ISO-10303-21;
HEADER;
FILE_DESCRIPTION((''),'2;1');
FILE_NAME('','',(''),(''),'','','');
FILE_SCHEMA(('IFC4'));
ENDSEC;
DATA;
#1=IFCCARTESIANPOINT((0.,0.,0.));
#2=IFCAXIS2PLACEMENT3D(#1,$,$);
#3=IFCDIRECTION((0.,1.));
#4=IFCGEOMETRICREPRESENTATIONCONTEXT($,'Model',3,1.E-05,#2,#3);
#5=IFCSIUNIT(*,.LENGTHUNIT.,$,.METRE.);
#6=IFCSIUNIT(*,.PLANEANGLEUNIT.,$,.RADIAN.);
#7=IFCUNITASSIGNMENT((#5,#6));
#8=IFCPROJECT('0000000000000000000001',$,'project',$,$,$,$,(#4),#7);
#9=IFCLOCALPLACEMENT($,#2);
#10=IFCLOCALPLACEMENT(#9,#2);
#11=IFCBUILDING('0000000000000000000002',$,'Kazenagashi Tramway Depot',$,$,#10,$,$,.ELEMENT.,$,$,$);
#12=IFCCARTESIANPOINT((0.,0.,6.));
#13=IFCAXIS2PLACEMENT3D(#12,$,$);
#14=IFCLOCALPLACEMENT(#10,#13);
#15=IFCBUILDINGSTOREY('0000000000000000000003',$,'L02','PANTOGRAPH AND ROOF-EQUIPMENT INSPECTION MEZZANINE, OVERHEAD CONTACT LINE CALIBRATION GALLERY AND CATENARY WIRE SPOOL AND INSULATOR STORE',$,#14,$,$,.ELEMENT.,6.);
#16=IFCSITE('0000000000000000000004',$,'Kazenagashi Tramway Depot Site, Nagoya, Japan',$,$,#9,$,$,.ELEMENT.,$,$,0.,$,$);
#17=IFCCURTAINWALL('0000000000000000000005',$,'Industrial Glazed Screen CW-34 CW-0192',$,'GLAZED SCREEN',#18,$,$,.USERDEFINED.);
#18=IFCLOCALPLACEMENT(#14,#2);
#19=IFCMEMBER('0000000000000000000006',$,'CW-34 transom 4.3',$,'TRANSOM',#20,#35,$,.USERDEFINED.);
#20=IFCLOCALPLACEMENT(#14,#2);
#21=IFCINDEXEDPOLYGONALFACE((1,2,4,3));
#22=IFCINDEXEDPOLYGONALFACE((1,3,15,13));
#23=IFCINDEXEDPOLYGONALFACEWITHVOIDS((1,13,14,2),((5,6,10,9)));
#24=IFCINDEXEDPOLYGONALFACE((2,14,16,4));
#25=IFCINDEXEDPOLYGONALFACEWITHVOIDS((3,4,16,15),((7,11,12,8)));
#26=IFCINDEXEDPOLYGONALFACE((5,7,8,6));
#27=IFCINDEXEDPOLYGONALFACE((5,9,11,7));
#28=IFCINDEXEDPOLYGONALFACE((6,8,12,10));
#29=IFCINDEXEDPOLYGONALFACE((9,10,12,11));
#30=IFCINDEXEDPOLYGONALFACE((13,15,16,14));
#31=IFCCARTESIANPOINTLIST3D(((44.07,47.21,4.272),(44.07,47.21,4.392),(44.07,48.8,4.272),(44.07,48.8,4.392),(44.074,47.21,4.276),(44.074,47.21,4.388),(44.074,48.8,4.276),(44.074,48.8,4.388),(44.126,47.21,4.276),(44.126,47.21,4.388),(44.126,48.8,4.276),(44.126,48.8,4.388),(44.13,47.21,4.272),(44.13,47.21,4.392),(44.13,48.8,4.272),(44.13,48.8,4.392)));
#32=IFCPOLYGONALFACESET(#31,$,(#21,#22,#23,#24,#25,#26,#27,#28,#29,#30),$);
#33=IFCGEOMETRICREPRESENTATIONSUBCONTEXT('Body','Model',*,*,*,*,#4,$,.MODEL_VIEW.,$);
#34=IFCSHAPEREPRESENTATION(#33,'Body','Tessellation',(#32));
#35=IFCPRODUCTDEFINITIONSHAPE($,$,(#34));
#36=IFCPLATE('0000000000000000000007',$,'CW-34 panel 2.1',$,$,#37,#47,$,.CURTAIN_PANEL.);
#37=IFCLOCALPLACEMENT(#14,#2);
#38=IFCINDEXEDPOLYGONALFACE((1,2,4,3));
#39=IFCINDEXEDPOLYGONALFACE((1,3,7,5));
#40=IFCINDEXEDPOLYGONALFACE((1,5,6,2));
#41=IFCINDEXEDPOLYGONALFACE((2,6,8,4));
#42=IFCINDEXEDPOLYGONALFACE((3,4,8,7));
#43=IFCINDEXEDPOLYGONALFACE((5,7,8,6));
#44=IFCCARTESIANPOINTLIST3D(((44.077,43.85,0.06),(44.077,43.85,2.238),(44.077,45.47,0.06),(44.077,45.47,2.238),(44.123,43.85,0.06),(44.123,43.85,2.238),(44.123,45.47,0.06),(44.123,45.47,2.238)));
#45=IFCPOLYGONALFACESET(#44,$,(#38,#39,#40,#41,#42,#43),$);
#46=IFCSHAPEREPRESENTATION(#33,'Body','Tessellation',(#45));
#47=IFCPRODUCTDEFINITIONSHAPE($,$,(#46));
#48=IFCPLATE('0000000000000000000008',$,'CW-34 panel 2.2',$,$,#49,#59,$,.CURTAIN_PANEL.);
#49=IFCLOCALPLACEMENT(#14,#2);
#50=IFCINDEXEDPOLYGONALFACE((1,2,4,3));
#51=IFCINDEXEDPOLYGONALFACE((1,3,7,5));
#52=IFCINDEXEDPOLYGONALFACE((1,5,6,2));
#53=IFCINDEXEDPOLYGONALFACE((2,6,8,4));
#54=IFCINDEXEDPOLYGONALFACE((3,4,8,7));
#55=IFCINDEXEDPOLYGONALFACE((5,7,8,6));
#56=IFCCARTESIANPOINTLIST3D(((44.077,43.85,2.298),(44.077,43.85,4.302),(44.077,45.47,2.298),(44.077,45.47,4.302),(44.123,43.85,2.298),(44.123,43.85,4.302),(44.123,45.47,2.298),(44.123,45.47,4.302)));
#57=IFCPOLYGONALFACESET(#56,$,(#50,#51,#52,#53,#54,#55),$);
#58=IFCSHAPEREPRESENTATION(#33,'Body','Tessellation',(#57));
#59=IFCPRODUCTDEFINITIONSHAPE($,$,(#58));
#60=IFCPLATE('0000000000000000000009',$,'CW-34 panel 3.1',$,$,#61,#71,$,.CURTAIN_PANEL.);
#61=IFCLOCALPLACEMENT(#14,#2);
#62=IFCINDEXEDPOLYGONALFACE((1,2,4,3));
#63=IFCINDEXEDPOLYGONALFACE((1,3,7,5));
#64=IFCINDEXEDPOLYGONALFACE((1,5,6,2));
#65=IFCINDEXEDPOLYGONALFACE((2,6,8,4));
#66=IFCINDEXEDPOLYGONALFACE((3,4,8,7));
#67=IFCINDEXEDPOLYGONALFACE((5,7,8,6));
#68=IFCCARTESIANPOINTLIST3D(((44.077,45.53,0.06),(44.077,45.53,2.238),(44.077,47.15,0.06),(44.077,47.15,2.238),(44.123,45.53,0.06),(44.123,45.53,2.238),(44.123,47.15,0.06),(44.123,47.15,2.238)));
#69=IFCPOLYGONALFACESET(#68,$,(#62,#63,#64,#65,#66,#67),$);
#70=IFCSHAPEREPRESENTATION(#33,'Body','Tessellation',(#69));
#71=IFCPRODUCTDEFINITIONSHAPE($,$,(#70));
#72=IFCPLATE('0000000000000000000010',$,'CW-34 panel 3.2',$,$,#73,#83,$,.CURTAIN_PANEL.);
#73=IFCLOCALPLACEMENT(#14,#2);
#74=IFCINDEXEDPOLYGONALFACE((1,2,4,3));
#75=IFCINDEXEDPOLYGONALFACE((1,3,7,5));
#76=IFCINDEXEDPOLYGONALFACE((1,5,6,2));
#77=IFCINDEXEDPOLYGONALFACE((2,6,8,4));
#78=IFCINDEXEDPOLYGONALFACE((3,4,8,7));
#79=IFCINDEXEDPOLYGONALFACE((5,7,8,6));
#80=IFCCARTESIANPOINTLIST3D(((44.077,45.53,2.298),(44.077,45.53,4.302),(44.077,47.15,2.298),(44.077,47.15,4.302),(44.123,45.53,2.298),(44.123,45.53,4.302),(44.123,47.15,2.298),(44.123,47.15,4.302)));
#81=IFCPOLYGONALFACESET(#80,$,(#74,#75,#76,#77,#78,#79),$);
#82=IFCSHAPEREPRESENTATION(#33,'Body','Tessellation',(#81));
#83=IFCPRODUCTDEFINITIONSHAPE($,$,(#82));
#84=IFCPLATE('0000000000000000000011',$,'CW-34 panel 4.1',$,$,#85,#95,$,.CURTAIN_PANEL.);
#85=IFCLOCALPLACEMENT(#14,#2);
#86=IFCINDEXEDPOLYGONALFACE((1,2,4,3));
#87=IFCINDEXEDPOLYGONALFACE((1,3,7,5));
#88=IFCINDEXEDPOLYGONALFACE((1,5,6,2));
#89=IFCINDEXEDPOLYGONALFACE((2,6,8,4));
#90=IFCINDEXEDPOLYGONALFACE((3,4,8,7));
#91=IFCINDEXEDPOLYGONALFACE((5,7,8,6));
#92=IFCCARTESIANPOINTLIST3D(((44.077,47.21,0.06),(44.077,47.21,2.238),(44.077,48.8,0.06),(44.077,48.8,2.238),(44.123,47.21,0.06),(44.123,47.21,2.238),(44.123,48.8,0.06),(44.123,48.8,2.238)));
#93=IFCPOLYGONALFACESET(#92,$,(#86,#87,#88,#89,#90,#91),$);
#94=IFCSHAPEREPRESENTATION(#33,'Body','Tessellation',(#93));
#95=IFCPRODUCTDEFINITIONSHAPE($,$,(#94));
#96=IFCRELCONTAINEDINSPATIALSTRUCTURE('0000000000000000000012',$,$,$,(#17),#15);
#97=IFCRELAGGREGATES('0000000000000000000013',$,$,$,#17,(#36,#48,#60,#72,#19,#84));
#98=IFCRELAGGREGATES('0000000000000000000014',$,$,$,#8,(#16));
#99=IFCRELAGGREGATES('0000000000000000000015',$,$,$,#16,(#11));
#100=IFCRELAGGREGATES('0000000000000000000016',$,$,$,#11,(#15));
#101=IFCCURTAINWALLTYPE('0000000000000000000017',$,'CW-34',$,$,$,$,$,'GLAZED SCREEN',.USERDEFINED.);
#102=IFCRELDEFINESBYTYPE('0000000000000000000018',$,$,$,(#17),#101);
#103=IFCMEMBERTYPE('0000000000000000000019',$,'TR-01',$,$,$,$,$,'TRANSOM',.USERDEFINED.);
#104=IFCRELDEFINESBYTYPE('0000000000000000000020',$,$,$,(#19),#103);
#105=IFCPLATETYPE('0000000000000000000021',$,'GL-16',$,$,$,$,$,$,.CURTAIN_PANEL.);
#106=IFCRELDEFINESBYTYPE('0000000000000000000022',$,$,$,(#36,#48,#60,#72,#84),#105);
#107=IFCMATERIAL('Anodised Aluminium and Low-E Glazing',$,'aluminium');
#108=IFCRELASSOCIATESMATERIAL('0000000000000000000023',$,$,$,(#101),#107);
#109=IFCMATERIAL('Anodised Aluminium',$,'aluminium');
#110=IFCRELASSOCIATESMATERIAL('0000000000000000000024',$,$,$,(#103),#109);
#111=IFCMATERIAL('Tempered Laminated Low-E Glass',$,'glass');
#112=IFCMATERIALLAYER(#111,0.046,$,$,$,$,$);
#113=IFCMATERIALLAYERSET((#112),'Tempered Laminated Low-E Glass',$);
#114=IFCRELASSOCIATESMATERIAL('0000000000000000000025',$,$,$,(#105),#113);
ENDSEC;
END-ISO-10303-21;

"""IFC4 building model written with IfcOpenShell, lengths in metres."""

from ifc_helpers import new_model, si_unit, direction, frame, origin, origin_2d, place, context, subcontext, project, spatial, rectangle, hollow_rectangle, extrude, material, layer, layer_set, material_profile, profile_set, type_object, element, aggregate, save


model = new_model("IFC4")

# Units and contexts
model_context = context("Model", 3, precision=1e-05, world=origin(), true_north=direction((0.0, 1.0)))
body_context = subcontext(model_context, "Body", "Model", "MODEL_VIEW")
ifc_project = project(units=[si_unit("LENGTHUNIT", "METRE"), si_unit("PLANEANGLEUNIT", "RADIAN")], contexts=[model_context])

# Site, building, storey
site_placement = place(None, origin())
site = spatial("IfcSite", under=ifc_project, at=site_placement, Name="Kazenagashi Tramway Depot Site, Nagoya, Japan", CompositionType="ELEMENT", RefElevation=0.0)
building_placement = place(site_placement, origin())
building = spatial("IfcBuilding", under=site, at=building_placement, Name="Kazenagashi Tramway Depot", CompositionType="ELEMENT")
storey_placement = place(building_placement, frame((0.0, 0.0, 6.0)))
storey = spatial("IfcBuildingStorey", under=building, at=storey_placement, Name="L02", Description="PANTOGRAPH AND ROOF-EQUIPMENT INSPECTION MEZZANINE, OVERHEAD CONTACT LINE CALIBRATION GALLERY AND CATENARY WIRE SPOOL AND INSULATOR STORE", CompositionType="ELEMENT", Elevation=6.0)

# Curtain wall, member, plates
ifc_material_1 = material(Name="Anodised Aluminium and Low-E Glazing", Category="aluminium")
curtain_wall_type = type_object("IfcCurtainWallType", Name="CW-34", ElementType="GLAZED SCREEN", PredefinedType="USERDEFINED", material=ifc_material_1)
curtain_wall_placement = place(storey_placement, origin())
curtain_wall = element("IfcCurtainWall", 1, at=curtain_wall_placement, inside=storey, type_object=curtain_wall_type, Name="Industrial Glazed Screen CW-34 CW-0192", ObjectType="GLAZED SCREEN", PredefinedType="USERDEFINED")
ifc_material_2 = material(Name="Anodised Aluminium", Category="aluminium")
ifc_material_profile_1 = material_profile(ifc_material_2, hollow_rectangle(XDim=0.06, YDim=0.12, WallThickness=0.004, at=origin_2d()), Name="RHS-120x60x4")
ifc_profile_set_1 = profile_set([ifc_material_profile_1], Name="Anodised Aluminium")
member_type_1 = type_object("IfcMemberType", Name="TR-01", ElementType="TRANSOM", PredefinedType="USERDEFINED", material=ifc_profile_set_1)
member_1_placement = place(storey_placement, frame((44.1, 47.21, 4.332), z_axis=(0.0, 1.0, 0.0), x_axis=(-1.0, 0.0, 0.0)))
member_1 = element("IfcMember", 2, at=member_1_placement, type_object=member_type_1, Name="CW-34 transom 4.3", ObjectType="TRANSOM", PredefinedType="USERDEFINED", context=body_context, shape_type="SweptSolid", body=[
    extrude(hollow_rectangle(XDim=0.06, YDim=0.12, WallThickness=0.004, at=origin_2d()), origin(), (0.0, 0.0, 1.0), 1.59),
])
ifc_material_3 = material(Name="Tempered Laminated Low-E Glass", Category="glass")
ifc_layer = layer(ifc_material_3, 0.046)
ifc_layer_set = layer_set([ifc_layer], Name="Tempered Laminated Low-E Glass")
plate_type = type_object("IfcPlateType", Name="GL-16", PredefinedType="CURTAIN_PANEL", material=ifc_layer_set)
plate_1_placement = place(storey_placement, frame((44.1, 44.66, 0.06), z_axis=(0.0, 0.0, 1.0), x_axis=(0.0, 1.0, 0.0)))
plate_1 = element("IfcPlate", 3, at=plate_1_placement, type_object=plate_type, Name="CW-34 panel 2.1", PredefinedType="CURTAIN_PANEL", context=body_context, shape_type="SweptSolid", body=[
    extrude(rectangle(XDim=1.62, YDim=0.046, at=origin_2d()), origin(), (0.0, 0.0, 1.0), 2.178),
])
plate_2_placement = place(storey_placement, frame((44.1, 44.66, 2.298), z_axis=(0.0, 0.0, 1.0), x_axis=(0.0, 1.0, 0.0)))
plate_2 = element("IfcPlate", 4, at=plate_2_placement, type_object=plate_type, Name="CW-34 panel 2.2", PredefinedType="CURTAIN_PANEL", context=body_context, shape_type="SweptSolid", body=[
    extrude(rectangle(XDim=1.62, YDim=0.046, at=origin_2d()), origin(), (0.0, 0.0, 1.0), 2.004),
])
plate_3_placement = place(storey_placement, frame((44.1, 46.34, 0.06), z_axis=(0.0, 0.0, 1.0), x_axis=(0.0, 1.0, 0.0)))
plate_3 = element("IfcPlate", 5, at=plate_3_placement, type_object=plate_type, Name="CW-34 panel 3.1", PredefinedType="CURTAIN_PANEL", context=body_context, shape_type="SweptSolid", body=[
    extrude(rectangle(XDim=1.62, YDim=0.046, at=origin_2d()), origin(), (0.0, 0.0, 1.0), 2.178),
])
plate_4_placement = place(storey_placement, frame((44.1, 46.34, 2.298), z_axis=(0.0, 0.0, 1.0), x_axis=(0.0, 1.0, 0.0)))
plate_4 = element("IfcPlate", 6, at=plate_4_placement, type_object=plate_type, Name="CW-34 panel 3.2", PredefinedType="CURTAIN_PANEL", context=body_context, shape_type="SweptSolid", body=[
    extrude(rectangle(XDim=1.62, YDim=0.046, at=origin_2d()), origin(), (0.0, 0.0, 1.0), 2.004),
])
plate_5_placement = place(storey_placement, frame((44.1, 48.005, 0.06), z_axis=(0.0, 0.0, 1.0), x_axis=(0.0, 1.0, 0.0)))
plate_5 = element("IfcPlate", 7, at=plate_5_placement, type_object=plate_type, Name="CW-34 panel 4.1", PredefinedType="CURTAIN_PANEL", context=body_context, shape_type="SweptSolid", body=[
    extrude(rectangle(XDim=1.59, YDim=0.046, at=origin_2d()), origin(), (0.0, 0.0, 1.0), 2.178),
])
aggregate(curtain_wall, [plate_1, plate_2, plate_3, plate_4, member_1, plate_5])

save(model, "model.ifc")
